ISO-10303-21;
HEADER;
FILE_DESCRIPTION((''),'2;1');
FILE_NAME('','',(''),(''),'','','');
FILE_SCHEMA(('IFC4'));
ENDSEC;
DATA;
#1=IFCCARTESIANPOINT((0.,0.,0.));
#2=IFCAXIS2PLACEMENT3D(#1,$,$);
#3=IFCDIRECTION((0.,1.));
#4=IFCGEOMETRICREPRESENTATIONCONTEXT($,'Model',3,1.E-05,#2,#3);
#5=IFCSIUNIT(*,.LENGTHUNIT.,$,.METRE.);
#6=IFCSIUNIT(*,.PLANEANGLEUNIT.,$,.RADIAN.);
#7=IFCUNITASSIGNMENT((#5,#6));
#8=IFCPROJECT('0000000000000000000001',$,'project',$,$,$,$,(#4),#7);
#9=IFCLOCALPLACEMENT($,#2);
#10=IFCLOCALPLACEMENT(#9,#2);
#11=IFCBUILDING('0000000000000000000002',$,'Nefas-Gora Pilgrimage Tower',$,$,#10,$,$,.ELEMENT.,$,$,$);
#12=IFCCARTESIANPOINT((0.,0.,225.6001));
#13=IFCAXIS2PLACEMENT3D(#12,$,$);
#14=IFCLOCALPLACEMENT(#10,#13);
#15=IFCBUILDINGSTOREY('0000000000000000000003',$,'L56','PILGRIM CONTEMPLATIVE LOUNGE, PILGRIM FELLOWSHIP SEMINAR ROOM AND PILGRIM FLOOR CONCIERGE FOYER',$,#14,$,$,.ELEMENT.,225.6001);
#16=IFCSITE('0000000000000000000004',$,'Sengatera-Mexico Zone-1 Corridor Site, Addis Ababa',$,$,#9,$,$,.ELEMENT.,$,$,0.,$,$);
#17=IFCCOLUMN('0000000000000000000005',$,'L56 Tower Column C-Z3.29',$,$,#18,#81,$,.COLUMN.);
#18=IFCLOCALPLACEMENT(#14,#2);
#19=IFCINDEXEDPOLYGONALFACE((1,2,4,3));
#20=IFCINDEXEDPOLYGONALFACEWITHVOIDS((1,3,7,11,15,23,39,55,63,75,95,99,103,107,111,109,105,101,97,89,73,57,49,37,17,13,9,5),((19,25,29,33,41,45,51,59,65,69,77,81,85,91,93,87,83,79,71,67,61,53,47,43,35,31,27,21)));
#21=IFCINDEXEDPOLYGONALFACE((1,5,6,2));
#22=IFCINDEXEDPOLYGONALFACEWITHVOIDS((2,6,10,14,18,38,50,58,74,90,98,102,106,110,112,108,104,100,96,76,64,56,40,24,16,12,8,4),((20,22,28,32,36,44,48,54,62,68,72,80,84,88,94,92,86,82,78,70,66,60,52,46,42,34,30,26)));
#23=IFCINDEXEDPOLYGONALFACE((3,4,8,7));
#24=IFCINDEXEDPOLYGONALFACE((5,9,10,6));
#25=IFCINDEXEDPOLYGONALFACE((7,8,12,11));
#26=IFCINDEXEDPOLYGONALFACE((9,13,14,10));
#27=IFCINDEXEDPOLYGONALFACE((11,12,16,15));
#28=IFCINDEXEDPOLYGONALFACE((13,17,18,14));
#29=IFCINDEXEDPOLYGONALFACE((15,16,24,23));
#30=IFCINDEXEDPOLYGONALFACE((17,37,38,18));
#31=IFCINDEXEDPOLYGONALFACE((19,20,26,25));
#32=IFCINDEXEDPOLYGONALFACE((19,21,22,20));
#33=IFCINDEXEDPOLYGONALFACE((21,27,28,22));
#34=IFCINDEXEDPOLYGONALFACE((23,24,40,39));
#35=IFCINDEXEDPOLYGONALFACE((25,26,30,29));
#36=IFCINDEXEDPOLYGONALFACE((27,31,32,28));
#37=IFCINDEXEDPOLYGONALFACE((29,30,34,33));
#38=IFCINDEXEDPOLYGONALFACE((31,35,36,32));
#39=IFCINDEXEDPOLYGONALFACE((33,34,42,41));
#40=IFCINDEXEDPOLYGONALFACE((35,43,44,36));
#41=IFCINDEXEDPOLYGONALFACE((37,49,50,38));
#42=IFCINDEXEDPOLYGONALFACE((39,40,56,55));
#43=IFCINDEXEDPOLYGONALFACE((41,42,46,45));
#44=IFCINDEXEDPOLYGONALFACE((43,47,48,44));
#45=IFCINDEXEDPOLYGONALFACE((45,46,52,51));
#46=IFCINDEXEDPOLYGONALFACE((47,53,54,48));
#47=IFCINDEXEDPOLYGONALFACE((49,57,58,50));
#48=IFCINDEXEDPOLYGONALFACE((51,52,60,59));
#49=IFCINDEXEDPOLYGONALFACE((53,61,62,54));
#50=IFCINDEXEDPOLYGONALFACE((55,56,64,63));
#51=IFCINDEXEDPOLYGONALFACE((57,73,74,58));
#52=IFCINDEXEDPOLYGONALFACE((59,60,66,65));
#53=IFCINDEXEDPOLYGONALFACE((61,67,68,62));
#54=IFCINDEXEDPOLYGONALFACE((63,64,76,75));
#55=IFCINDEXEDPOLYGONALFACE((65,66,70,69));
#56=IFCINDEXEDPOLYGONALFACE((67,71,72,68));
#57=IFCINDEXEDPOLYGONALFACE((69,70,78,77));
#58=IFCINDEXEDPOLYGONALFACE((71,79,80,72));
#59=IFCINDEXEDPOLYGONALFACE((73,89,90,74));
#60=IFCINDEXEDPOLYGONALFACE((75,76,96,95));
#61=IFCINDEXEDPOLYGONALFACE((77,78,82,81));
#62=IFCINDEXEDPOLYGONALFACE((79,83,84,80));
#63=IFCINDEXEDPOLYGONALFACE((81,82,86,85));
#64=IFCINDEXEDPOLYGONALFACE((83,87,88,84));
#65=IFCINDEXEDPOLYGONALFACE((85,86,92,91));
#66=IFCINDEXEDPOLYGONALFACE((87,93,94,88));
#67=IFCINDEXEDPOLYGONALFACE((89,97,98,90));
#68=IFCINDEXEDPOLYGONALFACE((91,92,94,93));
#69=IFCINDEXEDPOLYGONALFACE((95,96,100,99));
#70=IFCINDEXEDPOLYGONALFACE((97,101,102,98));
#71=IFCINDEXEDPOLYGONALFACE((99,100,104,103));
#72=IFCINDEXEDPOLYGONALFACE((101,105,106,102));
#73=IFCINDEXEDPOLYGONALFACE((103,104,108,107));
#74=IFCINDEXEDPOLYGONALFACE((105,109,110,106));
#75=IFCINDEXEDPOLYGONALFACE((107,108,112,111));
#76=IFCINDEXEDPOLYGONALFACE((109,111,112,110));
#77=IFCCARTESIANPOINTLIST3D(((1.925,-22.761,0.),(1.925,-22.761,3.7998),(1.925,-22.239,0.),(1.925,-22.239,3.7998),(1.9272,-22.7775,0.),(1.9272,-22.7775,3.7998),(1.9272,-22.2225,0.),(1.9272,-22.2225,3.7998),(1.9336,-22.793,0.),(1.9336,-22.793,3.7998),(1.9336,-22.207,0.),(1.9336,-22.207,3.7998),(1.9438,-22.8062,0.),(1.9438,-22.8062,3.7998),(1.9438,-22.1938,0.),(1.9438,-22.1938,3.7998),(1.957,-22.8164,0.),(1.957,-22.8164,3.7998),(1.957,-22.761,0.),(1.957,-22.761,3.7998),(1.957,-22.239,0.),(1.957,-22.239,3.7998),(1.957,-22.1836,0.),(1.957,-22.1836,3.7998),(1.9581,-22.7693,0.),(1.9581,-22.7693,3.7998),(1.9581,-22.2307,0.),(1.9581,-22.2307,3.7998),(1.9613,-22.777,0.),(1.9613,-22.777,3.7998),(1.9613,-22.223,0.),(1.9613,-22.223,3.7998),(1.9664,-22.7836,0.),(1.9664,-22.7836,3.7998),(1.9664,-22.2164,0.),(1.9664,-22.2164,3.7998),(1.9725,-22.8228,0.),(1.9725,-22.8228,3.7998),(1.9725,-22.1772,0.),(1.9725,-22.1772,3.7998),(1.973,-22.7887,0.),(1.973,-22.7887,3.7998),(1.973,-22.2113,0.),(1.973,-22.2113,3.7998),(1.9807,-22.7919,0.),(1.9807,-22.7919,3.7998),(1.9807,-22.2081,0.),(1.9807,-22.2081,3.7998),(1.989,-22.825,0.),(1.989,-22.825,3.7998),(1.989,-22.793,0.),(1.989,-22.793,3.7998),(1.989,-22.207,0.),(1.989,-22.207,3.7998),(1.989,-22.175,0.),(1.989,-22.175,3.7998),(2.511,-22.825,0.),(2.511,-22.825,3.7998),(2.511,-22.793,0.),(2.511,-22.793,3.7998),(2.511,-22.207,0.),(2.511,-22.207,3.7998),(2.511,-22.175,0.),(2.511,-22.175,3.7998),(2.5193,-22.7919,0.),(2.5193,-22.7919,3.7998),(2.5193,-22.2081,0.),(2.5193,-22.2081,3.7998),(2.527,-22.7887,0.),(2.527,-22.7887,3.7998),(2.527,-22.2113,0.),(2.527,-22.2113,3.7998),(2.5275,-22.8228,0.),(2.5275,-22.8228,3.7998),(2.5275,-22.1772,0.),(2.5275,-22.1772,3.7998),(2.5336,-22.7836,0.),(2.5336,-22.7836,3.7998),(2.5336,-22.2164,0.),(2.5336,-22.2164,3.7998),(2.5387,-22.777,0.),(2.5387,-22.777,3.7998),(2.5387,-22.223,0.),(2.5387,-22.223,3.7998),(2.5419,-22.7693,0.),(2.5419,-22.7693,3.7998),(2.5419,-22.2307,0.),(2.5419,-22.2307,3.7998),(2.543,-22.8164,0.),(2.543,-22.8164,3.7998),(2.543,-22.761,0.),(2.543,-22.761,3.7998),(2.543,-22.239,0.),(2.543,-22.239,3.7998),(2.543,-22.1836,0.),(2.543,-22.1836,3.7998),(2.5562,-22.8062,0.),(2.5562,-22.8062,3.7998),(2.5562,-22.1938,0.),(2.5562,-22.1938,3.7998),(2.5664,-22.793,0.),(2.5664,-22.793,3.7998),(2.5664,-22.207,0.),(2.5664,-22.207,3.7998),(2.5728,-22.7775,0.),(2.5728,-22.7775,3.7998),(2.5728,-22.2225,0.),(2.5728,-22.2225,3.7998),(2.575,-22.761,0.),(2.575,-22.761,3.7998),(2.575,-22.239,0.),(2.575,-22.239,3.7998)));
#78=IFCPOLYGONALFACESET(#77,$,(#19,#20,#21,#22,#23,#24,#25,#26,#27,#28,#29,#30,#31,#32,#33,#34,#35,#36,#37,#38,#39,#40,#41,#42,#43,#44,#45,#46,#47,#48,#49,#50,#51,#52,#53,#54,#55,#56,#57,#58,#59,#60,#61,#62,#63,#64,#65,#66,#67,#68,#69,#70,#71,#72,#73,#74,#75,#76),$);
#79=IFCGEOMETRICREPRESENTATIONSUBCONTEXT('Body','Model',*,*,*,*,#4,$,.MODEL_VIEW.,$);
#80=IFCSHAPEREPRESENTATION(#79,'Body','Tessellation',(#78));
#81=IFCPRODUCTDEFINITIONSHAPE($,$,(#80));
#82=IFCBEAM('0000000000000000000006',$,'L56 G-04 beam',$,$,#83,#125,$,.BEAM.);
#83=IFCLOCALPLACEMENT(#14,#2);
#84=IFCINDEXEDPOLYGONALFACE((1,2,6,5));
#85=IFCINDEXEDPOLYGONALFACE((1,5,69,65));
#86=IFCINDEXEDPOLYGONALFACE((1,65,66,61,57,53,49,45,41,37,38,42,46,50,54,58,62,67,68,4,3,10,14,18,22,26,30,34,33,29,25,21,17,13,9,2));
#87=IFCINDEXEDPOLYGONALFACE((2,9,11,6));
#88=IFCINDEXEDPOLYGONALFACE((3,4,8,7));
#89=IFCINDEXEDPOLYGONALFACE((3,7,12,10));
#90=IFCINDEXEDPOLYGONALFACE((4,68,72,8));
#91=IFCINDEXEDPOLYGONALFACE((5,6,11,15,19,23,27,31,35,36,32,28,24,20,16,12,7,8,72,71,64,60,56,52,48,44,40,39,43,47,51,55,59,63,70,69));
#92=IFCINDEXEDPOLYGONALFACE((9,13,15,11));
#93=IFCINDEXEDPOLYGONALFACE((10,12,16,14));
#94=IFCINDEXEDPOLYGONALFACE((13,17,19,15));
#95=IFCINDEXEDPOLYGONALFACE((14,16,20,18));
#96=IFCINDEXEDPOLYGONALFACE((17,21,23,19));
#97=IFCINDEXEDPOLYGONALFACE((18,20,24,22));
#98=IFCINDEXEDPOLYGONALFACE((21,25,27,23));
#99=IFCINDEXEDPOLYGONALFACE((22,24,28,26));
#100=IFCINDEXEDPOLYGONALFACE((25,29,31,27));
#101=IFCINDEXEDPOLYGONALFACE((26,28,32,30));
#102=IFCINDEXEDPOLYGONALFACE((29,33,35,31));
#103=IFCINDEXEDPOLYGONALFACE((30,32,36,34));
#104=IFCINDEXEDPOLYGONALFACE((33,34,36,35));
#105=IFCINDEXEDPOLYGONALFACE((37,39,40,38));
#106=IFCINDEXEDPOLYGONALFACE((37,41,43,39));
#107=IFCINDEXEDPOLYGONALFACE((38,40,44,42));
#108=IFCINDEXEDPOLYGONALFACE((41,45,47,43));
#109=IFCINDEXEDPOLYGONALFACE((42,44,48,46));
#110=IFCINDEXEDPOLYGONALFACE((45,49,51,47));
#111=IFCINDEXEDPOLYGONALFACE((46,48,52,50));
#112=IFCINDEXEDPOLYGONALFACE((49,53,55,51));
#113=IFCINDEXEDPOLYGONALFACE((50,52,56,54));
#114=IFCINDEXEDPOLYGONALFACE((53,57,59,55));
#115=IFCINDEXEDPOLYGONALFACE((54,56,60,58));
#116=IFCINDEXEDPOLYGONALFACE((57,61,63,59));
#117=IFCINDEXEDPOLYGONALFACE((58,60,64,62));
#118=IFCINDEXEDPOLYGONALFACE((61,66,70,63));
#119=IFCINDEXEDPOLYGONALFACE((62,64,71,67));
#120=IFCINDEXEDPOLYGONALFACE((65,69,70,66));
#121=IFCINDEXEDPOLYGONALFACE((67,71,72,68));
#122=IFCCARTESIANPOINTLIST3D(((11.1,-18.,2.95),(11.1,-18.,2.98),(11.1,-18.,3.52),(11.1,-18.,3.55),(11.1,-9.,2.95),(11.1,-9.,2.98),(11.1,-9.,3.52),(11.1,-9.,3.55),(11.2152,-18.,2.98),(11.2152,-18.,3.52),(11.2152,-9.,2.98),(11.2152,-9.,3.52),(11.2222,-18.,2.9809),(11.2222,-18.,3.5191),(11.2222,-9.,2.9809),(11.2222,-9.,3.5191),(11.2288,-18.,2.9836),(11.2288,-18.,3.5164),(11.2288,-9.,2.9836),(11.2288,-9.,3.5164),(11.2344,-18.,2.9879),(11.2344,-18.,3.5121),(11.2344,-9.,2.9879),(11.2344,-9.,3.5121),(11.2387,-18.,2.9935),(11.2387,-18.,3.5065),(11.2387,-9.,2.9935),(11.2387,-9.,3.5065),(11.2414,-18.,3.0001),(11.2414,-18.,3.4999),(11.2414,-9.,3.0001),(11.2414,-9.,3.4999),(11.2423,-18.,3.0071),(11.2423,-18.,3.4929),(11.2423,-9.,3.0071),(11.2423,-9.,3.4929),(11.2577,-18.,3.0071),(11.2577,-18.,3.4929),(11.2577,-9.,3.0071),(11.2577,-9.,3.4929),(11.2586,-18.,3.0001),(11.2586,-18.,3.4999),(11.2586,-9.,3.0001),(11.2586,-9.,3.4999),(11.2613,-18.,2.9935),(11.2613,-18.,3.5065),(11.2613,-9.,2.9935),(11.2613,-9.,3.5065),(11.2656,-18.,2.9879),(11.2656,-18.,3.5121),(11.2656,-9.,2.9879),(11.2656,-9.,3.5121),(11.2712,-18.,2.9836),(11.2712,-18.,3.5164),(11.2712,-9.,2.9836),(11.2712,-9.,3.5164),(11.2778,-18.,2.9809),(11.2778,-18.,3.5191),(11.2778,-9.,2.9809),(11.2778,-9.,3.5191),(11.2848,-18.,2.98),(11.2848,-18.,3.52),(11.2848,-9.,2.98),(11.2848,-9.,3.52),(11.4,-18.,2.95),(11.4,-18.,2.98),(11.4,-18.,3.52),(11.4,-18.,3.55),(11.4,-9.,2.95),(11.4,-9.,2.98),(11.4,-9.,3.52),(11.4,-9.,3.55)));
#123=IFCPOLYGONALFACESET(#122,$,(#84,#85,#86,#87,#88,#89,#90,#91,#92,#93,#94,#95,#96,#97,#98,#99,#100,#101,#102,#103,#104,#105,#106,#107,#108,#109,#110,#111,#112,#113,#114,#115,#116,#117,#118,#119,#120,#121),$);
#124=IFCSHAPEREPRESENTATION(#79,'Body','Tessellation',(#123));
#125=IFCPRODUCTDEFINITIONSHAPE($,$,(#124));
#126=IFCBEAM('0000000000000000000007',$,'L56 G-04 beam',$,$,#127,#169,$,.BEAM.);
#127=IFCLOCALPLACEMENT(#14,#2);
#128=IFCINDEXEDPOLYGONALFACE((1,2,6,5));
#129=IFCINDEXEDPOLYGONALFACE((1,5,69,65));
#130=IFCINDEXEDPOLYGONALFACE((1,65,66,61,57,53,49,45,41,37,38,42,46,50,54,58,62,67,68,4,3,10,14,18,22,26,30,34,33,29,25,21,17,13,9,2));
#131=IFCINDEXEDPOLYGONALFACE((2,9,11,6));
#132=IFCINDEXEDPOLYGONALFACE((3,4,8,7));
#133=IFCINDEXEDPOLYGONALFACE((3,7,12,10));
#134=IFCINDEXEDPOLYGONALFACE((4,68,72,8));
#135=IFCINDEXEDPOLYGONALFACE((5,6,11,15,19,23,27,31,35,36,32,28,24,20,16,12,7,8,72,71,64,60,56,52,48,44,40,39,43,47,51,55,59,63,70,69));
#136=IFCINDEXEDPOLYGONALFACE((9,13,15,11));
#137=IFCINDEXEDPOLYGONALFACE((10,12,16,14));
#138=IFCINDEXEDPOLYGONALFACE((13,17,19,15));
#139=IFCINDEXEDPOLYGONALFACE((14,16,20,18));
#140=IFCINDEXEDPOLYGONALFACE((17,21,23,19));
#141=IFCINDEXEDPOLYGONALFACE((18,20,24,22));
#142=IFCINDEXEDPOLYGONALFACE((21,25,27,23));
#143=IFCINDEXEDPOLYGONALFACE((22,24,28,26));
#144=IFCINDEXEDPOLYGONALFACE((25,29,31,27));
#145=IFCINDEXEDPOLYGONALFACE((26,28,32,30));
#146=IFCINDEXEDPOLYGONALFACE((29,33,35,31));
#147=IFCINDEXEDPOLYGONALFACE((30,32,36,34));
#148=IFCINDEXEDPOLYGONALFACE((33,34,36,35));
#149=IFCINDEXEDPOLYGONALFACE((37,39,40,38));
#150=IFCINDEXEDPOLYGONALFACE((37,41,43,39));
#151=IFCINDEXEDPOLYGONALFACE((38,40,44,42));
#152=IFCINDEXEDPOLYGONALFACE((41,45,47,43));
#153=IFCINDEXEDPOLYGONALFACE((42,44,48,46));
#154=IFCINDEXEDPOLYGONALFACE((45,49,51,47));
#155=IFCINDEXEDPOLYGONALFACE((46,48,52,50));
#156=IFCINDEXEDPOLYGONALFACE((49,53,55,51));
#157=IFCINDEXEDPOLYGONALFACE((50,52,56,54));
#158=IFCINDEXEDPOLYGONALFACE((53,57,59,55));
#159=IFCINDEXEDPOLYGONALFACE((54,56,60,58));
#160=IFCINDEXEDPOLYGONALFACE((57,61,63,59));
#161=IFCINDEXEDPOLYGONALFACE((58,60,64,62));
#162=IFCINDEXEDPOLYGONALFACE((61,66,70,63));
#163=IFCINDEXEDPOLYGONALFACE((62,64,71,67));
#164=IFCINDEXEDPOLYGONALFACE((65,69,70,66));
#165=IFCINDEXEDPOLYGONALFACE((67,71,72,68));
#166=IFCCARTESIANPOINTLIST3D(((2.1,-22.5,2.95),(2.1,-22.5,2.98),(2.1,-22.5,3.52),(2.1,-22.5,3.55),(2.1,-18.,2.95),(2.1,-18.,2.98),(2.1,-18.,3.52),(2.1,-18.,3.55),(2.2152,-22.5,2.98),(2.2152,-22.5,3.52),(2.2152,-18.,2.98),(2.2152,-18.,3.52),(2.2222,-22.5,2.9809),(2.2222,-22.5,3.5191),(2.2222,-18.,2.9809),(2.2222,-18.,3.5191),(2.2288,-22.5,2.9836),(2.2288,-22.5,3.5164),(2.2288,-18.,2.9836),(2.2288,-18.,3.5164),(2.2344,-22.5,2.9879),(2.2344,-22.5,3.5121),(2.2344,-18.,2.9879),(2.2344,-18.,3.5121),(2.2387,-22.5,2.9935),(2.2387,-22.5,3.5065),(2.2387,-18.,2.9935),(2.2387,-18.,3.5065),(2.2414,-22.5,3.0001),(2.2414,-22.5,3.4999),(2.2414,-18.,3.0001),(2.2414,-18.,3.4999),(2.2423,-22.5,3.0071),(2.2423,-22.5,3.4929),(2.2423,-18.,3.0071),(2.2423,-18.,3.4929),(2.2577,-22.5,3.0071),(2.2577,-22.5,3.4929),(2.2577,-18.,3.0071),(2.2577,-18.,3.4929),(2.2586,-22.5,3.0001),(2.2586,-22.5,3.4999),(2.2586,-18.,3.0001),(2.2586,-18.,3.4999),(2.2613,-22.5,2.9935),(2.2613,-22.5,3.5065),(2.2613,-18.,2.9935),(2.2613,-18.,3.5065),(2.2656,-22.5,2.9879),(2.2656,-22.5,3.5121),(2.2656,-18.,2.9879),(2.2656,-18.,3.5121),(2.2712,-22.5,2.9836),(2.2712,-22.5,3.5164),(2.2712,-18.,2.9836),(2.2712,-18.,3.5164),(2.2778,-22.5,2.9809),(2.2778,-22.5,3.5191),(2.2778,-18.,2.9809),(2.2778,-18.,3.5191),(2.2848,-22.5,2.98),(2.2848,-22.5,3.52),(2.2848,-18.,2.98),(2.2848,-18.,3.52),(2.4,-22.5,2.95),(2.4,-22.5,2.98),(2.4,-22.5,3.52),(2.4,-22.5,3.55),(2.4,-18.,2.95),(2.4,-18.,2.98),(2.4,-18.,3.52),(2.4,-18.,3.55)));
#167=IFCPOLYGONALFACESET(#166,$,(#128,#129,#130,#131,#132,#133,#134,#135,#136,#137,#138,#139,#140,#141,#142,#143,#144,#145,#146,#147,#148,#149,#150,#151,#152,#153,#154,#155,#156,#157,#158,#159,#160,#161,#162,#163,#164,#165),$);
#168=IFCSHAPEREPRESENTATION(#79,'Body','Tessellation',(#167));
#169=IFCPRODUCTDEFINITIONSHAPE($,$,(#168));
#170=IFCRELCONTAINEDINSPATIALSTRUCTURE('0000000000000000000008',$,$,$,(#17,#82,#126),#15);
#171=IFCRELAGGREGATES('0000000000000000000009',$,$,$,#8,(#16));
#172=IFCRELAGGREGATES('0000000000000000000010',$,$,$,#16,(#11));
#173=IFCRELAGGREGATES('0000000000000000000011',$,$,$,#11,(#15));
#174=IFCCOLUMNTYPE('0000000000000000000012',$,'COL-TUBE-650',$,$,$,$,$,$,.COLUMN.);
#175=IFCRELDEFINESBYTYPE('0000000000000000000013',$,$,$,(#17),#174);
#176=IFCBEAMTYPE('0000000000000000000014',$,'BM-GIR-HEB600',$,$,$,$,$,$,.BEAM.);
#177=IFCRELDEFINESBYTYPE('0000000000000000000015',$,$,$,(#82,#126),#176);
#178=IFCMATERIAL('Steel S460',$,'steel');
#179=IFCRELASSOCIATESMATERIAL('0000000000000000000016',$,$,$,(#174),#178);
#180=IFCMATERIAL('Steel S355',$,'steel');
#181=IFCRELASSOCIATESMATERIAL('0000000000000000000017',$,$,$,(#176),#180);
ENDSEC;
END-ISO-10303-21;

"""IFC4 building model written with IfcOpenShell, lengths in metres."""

from ifc_helpers import new_model, si_unit, direction, frame, origin, origin_2d, place, context, subcontext, project, spatial, hollow_rectangle, i_section, extrude, source, transform, mapped, material, material_profile, profile_set, type_object, element, save


model = new_model("IFC4")

# Units and contexts
model_context = context("Model", 3, precision=1e-05, world=origin(), true_north=direction((0.0, 1.0)))
body_context = subcontext(model_context, "Body", "Model", "MODEL_VIEW")
ifc_project = project(units=[si_unit("LENGTHUNIT", "METRE"), si_unit("PLANEANGLEUNIT", "RADIAN")], contexts=[model_context])

# Site, building, storey
site_placement = place(None, origin())
site = spatial("IfcSite", under=ifc_project, at=site_placement, Name="Sengatera-Mexico Zone-1 Corridor Site, Addis Ababa", CompositionType="ELEMENT", RefElevation=0.0)
building_placement = place(site_placement, origin())
building = spatial("IfcBuilding", under=site, at=building_placement, Name="Nefas-Gora Pilgrimage Tower", CompositionType="ELEMENT")
storey_placement = place(building_placement, frame((0.0, 0.0, 225.6001)))
storey = spatial("IfcBuildingStorey", under=building, at=storey_placement, Name="L56", Description="PILGRIM CONTEMPLATIVE LOUNGE, PILGRIM FELLOWSHIP SEMINAR ROOM AND PILGRIM FLOOR CONCIERGE FOYER", CompositionType="ELEMENT", Elevation=225.6001)

# Column
ifc_material_1 = material(Name="Steel S460", Category="steel")
ifc_material_profile_1 = material_profile(ifc_material_1, hollow_rectangle(XDim=0.6499, YDim=0.6499, WallThickness=0.032, InnerFilletRadius=0.032, OuterFilletRadius=0.064, at=origin_2d()), Name="BOX 650x650x32")
ifc_profile_set_1 = profile_set([ifc_material_profile_1], Name="Steel S460")
column_type_1 = type_object("IfcColumnType", Name="COL-TUBE-650", PredefinedType="COLUMN", material=ifc_profile_set_1)
shared_shape_1 = source(origin(), body_context, "Body", "SweptSolid", [
    extrude(hollow_rectangle(XDim=0.6499, YDim=0.6499, WallThickness=0.032, InnerFilletRadius=0.032, OuterFilletRadius=0.064, at=origin_2d()), origin(), (0.0, 0.0, 1.0), 3.7998),
])
column_placement = place(storey_placement, frame((2.25, -22.5, 0.0), z_axis=(0.0, 0.0, 1.0), x_axis=(1.0, 0.0, 0.0)))
element("IfcColumn", 1, at=column_placement, inside=storey, type_object=column_type_1, Name="L56 Tower Column C-Z3.29", PredefinedType="COLUMN", context=body_context, shape_type="MappedRepresentation", body=[
    mapped(shared_shape_1, transform((0.0, 0.0, 0.0), x_axis=(1.0, 0.0, 0.0), y_axis=(0.0, 1.0, 0.0), z_axis=(0.0, 0.0, 1.0), scale=1.0)),
])

# Beams
ifc_material_2 = material(Name="Steel S355", Category="steel")
ifc_material_profile_2 = material_profile(ifc_material_2, i_section(OverallWidth=0.3, OverallDepth=0.6001, WebThickness=0.0154, FlangeThickness=0.03, FilletRadius=0.0271, at=origin_2d()), Name="HEB 600")
ifc_profile_set_2 = profile_set([ifc_material_profile_2], Name="Steel S355")
beam_type = type_object("IfcBeamType", Name="BM-GIR-HEB600", PredefinedType="BEAM", material=ifc_profile_set_2)
shared_shape_2 = source(origin(), body_context, "Body", "SweptSolid", [
    extrude(i_section(OverallWidth=0.3, OverallDepth=0.6001, WebThickness=0.0154, FlangeThickness=0.03, FilletRadius=0.0271, at=origin_2d()), origin(), (0.0, 0.0, 1.0), 9.0),
])
beam_placement = place(storey_placement, frame((11.25, -18.0, 3.25), z_axis=(0.0, 1.0, 0.0), x_axis=(-1.0, 0.0, 0.0)))
element("IfcBeam", 2, at=beam_placement, inside=storey, type_object=beam_type, Name="L56 G-04 beam", PredefinedType="BEAM", context=body_context, shape_type="MappedRepresentation", body=[
    mapped(shared_shape_2, transform((0.0, 0.0, 0.0), x_axis=(1.0, 0.0, 0.0), y_axis=(0.0, 1.0, 0.0), z_axis=(0.0, 0.0, 1.0), scale=1.0)),
])
shared_shape_3 = source(origin(), body_context, "Body", "SweptSolid", [
    extrude(i_section(OverallWidth=0.3, OverallDepth=0.6001, WebThickness=0.0154, FlangeThickness=0.03, FilletRadius=0.0271, at=origin_2d()), origin(), (0.0, 0.0, 1.0), 4.5),
])
for number, where, z_axis, x_axis, name in (
    (3, (2.25, -22.5, 3.25), (0.0, 1.0, 0.0), (-1.0, 0.0, 0.0), "L56 G-04 beam"),
):
    element("IfcBeam", number, at=place(storey_placement, frame(where, z_axis=z_axis, x_axis=x_axis)), inside=storey, type_object=beam_type, Name=name, PredefinedType="BEAM", context=body_context, shape_type="MappedRepresentation", body=[
        mapped(shared_shape_3, transform((0.0, 0.0, 0.0), x_axis=(1.0, 0.0, 0.0), y_axis=(0.0, 1.0, 0.0), z_axis=(0.0, 0.0, 1.0), scale=1.0)),
    ])

save(model, "model.ifc")
